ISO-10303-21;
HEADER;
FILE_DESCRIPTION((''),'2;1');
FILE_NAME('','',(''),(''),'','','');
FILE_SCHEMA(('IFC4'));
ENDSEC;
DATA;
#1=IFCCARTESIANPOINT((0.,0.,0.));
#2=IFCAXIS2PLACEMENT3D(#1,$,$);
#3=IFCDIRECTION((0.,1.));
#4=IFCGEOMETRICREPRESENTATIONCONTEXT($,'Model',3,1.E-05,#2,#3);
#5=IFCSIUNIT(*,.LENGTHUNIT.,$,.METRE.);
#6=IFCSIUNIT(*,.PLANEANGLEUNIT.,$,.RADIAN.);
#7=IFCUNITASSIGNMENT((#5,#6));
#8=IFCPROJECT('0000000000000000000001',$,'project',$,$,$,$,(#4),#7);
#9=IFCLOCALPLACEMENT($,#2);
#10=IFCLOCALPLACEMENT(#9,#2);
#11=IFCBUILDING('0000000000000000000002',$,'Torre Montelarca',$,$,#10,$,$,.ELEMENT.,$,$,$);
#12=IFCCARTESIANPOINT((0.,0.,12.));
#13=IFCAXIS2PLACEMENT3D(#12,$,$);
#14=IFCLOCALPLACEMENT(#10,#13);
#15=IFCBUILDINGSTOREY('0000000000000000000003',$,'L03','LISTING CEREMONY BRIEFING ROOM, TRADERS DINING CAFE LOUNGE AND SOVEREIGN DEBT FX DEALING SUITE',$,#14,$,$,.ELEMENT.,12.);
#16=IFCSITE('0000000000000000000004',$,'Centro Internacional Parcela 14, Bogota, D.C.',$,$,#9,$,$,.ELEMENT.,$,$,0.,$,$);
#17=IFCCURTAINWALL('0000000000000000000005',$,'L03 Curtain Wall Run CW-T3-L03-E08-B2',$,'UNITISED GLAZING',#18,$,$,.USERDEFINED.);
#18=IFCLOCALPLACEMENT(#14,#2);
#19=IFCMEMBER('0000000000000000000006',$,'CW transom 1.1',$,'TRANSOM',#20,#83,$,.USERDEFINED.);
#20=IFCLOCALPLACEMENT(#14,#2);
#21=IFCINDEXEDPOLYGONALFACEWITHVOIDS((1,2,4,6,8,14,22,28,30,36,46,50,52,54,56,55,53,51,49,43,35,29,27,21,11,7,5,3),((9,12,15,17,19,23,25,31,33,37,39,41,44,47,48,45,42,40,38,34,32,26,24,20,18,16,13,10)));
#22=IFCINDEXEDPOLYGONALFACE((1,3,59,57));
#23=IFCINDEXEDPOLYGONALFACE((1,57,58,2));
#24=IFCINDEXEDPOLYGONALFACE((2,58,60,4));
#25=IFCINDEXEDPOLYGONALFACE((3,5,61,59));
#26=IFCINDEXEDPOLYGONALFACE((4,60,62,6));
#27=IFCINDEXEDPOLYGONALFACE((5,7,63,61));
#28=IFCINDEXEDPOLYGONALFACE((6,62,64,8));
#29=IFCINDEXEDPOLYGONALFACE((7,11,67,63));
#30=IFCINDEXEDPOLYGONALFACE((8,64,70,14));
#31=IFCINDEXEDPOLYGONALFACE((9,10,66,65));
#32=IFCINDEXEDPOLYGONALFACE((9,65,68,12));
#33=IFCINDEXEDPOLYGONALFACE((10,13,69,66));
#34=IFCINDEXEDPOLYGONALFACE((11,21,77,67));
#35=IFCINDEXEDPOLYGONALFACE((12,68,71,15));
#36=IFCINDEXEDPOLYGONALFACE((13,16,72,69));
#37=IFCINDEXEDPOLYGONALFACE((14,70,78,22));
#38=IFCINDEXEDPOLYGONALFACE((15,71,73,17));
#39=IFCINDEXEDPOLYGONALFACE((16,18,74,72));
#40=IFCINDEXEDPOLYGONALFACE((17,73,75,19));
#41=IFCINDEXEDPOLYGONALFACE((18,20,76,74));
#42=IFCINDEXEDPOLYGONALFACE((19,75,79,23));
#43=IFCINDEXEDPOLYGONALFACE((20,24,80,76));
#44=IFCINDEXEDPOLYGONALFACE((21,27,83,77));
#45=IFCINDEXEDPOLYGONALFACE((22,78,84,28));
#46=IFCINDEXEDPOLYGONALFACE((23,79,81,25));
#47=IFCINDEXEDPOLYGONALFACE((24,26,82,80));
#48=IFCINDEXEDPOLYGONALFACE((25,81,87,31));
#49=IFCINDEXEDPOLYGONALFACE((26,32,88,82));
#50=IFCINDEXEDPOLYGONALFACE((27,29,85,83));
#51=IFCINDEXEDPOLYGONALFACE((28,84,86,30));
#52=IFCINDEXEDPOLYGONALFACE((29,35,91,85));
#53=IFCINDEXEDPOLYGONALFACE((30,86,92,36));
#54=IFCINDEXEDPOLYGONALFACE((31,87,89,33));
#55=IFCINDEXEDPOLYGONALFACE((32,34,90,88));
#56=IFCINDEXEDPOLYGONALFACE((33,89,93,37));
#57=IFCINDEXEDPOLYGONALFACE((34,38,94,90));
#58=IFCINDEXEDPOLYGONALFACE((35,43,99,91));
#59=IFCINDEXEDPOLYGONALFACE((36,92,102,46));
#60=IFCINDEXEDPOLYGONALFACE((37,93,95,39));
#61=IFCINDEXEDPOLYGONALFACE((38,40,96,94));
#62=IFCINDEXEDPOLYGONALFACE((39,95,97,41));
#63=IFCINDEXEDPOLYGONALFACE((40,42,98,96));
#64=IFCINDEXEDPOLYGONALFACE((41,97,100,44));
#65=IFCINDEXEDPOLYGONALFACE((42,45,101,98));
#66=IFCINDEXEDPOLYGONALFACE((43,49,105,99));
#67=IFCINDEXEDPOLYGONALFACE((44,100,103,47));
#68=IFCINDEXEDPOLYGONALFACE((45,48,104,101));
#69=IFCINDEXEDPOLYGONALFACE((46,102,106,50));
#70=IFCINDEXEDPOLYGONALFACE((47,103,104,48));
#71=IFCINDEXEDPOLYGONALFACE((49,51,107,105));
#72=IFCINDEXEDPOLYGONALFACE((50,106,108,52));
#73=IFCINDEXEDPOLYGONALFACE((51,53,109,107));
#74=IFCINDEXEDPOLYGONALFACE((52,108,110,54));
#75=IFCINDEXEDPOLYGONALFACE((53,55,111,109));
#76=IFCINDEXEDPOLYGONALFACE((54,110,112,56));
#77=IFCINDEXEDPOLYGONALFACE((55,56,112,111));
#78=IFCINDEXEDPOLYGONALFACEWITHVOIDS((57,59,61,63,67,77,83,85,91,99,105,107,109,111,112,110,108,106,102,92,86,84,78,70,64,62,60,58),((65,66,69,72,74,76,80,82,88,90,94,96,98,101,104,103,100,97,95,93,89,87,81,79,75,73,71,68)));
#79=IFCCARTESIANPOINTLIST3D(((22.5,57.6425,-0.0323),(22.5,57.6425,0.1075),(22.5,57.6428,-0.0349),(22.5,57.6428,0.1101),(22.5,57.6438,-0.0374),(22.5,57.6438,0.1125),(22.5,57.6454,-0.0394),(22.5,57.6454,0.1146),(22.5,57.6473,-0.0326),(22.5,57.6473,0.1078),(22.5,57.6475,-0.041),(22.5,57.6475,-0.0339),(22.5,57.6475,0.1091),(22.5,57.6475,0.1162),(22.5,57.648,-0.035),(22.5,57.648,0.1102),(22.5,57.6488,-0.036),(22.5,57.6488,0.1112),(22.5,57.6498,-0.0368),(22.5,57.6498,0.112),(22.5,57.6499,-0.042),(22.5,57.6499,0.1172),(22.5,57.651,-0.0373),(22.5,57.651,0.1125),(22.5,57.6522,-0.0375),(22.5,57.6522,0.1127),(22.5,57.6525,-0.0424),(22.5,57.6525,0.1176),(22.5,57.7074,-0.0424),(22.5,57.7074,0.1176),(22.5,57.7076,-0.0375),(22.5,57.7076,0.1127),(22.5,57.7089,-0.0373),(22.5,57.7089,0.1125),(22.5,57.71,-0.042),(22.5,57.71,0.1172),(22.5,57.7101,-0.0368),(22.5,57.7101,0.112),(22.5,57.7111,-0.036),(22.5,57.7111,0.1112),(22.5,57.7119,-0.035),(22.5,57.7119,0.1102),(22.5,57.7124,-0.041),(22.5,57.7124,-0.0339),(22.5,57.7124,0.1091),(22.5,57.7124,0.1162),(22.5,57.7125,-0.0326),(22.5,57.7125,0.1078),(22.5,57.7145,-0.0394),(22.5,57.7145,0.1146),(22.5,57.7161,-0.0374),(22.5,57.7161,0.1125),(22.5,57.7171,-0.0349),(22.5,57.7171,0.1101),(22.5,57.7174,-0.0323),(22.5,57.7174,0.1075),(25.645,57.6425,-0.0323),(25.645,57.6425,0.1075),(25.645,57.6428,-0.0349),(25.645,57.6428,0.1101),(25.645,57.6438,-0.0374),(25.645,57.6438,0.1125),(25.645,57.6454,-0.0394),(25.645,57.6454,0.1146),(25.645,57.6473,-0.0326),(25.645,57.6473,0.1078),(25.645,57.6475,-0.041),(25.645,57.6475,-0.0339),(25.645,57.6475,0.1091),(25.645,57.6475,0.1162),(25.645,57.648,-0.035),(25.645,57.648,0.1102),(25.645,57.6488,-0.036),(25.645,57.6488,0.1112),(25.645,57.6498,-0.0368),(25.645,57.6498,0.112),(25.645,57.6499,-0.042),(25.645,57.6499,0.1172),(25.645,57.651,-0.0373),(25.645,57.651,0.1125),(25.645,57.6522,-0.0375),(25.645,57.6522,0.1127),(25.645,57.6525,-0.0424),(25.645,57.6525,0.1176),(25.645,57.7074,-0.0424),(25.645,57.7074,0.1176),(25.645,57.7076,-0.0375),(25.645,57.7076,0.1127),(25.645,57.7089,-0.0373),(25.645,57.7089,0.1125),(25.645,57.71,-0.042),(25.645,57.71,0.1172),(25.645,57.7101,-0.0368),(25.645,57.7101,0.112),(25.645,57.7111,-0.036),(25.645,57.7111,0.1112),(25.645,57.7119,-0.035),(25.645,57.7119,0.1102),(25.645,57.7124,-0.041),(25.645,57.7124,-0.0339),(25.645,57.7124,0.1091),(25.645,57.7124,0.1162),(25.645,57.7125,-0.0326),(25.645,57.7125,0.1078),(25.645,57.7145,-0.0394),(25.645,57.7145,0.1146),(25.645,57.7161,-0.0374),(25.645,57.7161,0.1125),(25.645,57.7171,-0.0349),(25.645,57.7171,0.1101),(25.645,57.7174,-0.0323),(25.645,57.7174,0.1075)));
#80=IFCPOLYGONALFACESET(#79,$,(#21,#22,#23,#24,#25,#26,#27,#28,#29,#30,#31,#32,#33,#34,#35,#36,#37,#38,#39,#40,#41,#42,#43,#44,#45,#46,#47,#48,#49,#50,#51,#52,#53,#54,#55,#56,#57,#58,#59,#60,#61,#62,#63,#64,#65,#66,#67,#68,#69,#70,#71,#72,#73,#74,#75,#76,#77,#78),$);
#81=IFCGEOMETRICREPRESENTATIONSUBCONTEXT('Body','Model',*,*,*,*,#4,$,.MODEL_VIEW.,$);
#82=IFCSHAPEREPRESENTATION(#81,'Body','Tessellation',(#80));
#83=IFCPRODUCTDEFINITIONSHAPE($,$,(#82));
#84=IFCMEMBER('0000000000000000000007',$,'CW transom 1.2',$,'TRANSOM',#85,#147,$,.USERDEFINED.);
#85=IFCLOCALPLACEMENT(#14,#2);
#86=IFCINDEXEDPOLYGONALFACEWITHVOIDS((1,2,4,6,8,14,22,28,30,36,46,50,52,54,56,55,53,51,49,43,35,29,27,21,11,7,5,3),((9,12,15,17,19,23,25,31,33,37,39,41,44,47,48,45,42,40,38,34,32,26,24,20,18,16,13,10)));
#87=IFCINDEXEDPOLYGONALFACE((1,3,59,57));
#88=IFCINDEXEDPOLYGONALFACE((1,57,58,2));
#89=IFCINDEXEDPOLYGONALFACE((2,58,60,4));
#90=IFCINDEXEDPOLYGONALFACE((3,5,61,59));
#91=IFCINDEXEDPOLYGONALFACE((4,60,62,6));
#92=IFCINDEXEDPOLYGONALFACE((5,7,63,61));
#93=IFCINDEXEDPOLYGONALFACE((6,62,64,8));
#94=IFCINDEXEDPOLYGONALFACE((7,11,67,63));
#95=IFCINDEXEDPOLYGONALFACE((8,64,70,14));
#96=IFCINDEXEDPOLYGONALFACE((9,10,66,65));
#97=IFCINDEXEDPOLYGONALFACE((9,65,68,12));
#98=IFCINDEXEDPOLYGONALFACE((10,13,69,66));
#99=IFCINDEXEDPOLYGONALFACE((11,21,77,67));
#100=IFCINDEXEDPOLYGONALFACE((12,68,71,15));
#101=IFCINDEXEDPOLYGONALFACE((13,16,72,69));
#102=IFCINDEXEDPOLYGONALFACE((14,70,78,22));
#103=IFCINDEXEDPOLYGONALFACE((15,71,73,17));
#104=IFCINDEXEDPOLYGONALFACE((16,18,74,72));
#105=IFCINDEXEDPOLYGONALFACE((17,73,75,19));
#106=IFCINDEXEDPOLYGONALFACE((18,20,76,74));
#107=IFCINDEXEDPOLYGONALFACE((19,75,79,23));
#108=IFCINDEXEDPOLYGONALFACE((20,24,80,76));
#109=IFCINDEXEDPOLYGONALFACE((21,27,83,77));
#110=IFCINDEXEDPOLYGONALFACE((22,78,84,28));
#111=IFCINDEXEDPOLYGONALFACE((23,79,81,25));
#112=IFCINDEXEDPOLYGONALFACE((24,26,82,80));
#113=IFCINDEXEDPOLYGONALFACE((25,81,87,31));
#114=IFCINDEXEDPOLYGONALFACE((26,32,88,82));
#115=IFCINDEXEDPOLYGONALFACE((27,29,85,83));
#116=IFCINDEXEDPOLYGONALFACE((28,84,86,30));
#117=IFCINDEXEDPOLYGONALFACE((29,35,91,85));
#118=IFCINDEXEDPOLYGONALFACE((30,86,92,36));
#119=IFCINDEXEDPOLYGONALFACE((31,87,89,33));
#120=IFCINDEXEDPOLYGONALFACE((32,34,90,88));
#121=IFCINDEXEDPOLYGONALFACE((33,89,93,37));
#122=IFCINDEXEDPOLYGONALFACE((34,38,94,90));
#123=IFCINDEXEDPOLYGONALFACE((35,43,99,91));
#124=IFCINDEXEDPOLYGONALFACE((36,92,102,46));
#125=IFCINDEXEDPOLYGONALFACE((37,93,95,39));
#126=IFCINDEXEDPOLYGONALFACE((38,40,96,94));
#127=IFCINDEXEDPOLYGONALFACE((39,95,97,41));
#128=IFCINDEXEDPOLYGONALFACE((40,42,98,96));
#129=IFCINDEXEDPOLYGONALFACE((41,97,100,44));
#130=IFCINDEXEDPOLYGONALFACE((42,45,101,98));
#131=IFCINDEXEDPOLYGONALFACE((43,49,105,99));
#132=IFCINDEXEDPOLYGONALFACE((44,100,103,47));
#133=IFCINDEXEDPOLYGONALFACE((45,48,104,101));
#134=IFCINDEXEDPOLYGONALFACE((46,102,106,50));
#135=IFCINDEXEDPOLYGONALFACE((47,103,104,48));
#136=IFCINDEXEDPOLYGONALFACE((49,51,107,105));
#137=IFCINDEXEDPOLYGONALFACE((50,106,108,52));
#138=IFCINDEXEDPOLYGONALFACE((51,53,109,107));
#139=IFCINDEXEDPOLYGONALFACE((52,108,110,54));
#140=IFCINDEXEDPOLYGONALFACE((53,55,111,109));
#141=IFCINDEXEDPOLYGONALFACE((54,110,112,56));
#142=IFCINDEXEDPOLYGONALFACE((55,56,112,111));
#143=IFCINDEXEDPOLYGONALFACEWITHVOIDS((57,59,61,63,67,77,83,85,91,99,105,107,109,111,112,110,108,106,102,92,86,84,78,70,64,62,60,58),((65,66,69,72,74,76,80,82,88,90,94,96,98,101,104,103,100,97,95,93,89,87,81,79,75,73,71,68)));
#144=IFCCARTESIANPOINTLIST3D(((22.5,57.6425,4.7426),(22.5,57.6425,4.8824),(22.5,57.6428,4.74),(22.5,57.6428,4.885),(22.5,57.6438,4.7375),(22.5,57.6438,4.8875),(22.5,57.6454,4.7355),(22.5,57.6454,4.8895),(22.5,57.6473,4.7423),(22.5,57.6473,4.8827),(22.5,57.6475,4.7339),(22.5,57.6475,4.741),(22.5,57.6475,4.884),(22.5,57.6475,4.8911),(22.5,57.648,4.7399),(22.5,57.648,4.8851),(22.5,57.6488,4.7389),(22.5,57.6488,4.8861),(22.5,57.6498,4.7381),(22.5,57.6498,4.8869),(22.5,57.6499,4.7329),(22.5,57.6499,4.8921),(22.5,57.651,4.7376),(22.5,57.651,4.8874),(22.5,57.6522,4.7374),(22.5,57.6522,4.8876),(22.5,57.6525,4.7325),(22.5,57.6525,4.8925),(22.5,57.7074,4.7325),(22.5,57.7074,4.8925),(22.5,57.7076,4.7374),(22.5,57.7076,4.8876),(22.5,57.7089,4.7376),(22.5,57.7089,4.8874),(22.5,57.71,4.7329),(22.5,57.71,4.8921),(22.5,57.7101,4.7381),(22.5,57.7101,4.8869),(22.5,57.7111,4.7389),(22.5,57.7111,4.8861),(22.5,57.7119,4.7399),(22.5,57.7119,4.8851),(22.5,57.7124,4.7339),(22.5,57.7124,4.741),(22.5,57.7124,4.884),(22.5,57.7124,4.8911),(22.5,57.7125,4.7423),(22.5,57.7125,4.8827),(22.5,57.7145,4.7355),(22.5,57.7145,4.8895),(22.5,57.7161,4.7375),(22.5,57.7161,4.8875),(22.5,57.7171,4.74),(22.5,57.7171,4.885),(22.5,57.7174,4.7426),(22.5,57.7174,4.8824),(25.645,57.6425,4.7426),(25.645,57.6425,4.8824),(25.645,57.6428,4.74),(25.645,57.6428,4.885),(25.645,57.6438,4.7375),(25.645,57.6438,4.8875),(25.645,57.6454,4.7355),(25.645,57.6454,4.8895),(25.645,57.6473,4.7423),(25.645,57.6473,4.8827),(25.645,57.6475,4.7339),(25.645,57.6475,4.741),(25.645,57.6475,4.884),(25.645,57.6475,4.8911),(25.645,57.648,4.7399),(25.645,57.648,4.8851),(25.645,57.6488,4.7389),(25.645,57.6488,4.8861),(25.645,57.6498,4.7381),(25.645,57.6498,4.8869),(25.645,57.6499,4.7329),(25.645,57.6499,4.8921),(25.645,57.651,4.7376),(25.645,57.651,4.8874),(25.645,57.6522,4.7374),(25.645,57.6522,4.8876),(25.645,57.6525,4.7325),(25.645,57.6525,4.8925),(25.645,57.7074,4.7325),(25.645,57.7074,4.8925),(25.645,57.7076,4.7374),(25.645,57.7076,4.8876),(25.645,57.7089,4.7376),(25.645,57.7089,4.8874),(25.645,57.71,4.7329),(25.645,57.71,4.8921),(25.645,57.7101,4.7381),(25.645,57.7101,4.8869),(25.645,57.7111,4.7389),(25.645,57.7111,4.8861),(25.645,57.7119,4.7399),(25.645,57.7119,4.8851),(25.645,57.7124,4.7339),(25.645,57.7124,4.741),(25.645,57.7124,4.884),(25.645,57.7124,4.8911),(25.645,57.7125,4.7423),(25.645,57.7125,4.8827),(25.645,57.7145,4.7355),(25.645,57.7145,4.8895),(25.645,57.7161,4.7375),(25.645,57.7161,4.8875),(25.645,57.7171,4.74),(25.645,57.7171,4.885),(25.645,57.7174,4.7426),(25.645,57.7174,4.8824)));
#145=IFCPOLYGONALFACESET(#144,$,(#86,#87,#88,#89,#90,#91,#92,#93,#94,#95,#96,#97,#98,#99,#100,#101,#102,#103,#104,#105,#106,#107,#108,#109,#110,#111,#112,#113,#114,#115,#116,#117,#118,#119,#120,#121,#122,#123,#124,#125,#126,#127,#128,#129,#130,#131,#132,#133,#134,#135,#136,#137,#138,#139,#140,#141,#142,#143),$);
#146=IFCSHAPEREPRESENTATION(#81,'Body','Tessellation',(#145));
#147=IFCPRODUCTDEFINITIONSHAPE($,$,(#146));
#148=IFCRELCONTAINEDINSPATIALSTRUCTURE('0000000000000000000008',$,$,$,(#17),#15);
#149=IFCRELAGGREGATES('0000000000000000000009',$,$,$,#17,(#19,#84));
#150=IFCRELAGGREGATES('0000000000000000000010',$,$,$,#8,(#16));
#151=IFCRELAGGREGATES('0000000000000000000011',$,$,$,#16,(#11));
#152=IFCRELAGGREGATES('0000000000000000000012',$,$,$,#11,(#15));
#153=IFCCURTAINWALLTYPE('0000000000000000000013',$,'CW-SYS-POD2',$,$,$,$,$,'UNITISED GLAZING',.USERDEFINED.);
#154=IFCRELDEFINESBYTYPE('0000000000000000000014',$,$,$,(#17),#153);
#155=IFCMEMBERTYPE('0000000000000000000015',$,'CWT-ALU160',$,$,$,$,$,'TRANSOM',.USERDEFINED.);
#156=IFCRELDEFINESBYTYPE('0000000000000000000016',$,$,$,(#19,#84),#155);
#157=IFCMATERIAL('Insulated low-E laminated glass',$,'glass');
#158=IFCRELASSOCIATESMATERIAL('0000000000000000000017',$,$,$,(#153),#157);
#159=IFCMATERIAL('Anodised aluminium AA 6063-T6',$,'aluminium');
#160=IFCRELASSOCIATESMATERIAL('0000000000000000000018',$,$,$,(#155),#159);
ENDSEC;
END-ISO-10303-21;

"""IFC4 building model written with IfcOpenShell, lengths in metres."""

from ifc_helpers import new_model, si_unit, direction, frame, origin, origin_2d, place, context, subcontext, project, spatial, hollow_rectangle, extrude, source, transform, mapped, material, material_profile, profile_set, type_object, element, aggregate, save


model = new_model("IFC4")

# Units and contexts
model_context = context("Model", 3, precision=1e-05, world=origin(), true_north=direction((0.0, 1.0)))
body_context = subcontext(model_context, "Body", "Model", "MODEL_VIEW")
ifc_project = project(units=[si_unit("LENGTHUNIT", "METRE"), si_unit("PLANEANGLEUNIT", "RADIAN")], contexts=[model_context])

# Site, building, storey
site_placement = place(None, origin())
site = spatial("IfcSite", under=ifc_project, at=site_placement, Name="Centro Internacional Parcela 14, Bogota, D.C.", CompositionType="ELEMENT", RefElevation=0.0)
building_placement = place(site_placement, origin())
building = spatial("IfcBuilding", under=site, at=building_placement, Name="Torre Montelarca", CompositionType="ELEMENT")
storey_placement = place(building_placement, frame((0.0, 0.0, 12.0)))
storey = spatial("IfcBuildingStorey", under=building, at=storey_placement, Name="L03", Description="LISTING CEREMONY BRIEFING ROOM, TRADERS DINING CAFE LOUNGE AND SOVEREIGN DEBT FX DEALING SUITE", CompositionType="ELEMENT", Elevation=12.0)

# Curtain wall, members
ifc_material_1 = material(Name="Insulated low-E laminated glass", Category="glass")
curtain_wall_type = type_object("IfcCurtainWallType", Name="CW-SYS-POD2", ElementType="UNITISED GLAZING", PredefinedType="USERDEFINED", material=ifc_material_1)
ifc_material_2 = material(Name="Anodised aluminium AA 6063-T6", Category="aluminium")
ifc_material_profile_1 = material_profile(ifc_material_2, hollow_rectangle(XDim=0.075, YDim=0.1599, WallThickness=0.0049, InnerFilletRadius=0.0049, OuterFilletRadius=0.01, at=origin_2d()), Name="ALU75X160X5", Category="aluminium")
ifc_profile_set_1 = profile_set([ifc_material_profile_1], Name="Anodised aluminium AA 6063-T6")
member_type_1 = type_object("IfcMemberType", Name="CWT-ALU160", ElementType="TRANSOM", PredefinedType="USERDEFINED", material=ifc_profile_set_1)
curtain_wall_1_placement = place(storey_placement, origin())
curtain_wall_1 = element("IfcCurtainWall", 1, at=curtain_wall_1_placement, inside=storey, type_object=curtain_wall_type, Name="L03 Curtain Wall Run CW-T3-L03-E08-B2", ObjectType="UNITISED GLAZING", PredefinedType="USERDEFINED")
shared_shape_1 = source(origin(), body_context, "Body", "SweptSolid", [
    extrude(hollow_rectangle(XDim=0.075, YDim=0.1599, WallThickness=0.0049, InnerFilletRadius=0.0049, OuterFilletRadius=0.01, at=origin_2d()), origin(), (0.0, 0.0, 1.0), 3.145),
])
member_1_placement = place(storey_placement, frame((25.645, 57.6799, 0.0376), z_axis=(-1.0, 0.0, 0.0), x_axis=(0.0, -1.0, 0.0)))
member_1 = element("IfcMember", 2, at=member_1_placement, type_object=member_type_1, Name="CW transom 1.1", ObjectType="TRANSOM", PredefinedType="USERDEFINED", context=body_context, shape_type="MappedRepresentation", body=[
    mapped(shared_shape_1, transform((0.0, 0.0, 0.0), scale=1.0)),
])
member_2_placement = place(storey_placement, frame((25.645, 57.6799, 4.8125), z_axis=(-1.0, 0.0, 0.0), x_axis=(0.0, -1.0, 0.0)))
member_2 = element("IfcMember", 3, at=member_2_placement, type_object=member_type_1, Name="CW transom 1.2", ObjectType="TRANSOM", PredefinedType="USERDEFINED", context=body_context, shape_type="MappedRepresentation", body=[
    mapped(shared_shape_1, transform((0.0, 0.0, 0.0), scale=1.0)),
])

aggregate(curtain_wall_1, [member_1, member_2])

save(model, "model.ifc")
